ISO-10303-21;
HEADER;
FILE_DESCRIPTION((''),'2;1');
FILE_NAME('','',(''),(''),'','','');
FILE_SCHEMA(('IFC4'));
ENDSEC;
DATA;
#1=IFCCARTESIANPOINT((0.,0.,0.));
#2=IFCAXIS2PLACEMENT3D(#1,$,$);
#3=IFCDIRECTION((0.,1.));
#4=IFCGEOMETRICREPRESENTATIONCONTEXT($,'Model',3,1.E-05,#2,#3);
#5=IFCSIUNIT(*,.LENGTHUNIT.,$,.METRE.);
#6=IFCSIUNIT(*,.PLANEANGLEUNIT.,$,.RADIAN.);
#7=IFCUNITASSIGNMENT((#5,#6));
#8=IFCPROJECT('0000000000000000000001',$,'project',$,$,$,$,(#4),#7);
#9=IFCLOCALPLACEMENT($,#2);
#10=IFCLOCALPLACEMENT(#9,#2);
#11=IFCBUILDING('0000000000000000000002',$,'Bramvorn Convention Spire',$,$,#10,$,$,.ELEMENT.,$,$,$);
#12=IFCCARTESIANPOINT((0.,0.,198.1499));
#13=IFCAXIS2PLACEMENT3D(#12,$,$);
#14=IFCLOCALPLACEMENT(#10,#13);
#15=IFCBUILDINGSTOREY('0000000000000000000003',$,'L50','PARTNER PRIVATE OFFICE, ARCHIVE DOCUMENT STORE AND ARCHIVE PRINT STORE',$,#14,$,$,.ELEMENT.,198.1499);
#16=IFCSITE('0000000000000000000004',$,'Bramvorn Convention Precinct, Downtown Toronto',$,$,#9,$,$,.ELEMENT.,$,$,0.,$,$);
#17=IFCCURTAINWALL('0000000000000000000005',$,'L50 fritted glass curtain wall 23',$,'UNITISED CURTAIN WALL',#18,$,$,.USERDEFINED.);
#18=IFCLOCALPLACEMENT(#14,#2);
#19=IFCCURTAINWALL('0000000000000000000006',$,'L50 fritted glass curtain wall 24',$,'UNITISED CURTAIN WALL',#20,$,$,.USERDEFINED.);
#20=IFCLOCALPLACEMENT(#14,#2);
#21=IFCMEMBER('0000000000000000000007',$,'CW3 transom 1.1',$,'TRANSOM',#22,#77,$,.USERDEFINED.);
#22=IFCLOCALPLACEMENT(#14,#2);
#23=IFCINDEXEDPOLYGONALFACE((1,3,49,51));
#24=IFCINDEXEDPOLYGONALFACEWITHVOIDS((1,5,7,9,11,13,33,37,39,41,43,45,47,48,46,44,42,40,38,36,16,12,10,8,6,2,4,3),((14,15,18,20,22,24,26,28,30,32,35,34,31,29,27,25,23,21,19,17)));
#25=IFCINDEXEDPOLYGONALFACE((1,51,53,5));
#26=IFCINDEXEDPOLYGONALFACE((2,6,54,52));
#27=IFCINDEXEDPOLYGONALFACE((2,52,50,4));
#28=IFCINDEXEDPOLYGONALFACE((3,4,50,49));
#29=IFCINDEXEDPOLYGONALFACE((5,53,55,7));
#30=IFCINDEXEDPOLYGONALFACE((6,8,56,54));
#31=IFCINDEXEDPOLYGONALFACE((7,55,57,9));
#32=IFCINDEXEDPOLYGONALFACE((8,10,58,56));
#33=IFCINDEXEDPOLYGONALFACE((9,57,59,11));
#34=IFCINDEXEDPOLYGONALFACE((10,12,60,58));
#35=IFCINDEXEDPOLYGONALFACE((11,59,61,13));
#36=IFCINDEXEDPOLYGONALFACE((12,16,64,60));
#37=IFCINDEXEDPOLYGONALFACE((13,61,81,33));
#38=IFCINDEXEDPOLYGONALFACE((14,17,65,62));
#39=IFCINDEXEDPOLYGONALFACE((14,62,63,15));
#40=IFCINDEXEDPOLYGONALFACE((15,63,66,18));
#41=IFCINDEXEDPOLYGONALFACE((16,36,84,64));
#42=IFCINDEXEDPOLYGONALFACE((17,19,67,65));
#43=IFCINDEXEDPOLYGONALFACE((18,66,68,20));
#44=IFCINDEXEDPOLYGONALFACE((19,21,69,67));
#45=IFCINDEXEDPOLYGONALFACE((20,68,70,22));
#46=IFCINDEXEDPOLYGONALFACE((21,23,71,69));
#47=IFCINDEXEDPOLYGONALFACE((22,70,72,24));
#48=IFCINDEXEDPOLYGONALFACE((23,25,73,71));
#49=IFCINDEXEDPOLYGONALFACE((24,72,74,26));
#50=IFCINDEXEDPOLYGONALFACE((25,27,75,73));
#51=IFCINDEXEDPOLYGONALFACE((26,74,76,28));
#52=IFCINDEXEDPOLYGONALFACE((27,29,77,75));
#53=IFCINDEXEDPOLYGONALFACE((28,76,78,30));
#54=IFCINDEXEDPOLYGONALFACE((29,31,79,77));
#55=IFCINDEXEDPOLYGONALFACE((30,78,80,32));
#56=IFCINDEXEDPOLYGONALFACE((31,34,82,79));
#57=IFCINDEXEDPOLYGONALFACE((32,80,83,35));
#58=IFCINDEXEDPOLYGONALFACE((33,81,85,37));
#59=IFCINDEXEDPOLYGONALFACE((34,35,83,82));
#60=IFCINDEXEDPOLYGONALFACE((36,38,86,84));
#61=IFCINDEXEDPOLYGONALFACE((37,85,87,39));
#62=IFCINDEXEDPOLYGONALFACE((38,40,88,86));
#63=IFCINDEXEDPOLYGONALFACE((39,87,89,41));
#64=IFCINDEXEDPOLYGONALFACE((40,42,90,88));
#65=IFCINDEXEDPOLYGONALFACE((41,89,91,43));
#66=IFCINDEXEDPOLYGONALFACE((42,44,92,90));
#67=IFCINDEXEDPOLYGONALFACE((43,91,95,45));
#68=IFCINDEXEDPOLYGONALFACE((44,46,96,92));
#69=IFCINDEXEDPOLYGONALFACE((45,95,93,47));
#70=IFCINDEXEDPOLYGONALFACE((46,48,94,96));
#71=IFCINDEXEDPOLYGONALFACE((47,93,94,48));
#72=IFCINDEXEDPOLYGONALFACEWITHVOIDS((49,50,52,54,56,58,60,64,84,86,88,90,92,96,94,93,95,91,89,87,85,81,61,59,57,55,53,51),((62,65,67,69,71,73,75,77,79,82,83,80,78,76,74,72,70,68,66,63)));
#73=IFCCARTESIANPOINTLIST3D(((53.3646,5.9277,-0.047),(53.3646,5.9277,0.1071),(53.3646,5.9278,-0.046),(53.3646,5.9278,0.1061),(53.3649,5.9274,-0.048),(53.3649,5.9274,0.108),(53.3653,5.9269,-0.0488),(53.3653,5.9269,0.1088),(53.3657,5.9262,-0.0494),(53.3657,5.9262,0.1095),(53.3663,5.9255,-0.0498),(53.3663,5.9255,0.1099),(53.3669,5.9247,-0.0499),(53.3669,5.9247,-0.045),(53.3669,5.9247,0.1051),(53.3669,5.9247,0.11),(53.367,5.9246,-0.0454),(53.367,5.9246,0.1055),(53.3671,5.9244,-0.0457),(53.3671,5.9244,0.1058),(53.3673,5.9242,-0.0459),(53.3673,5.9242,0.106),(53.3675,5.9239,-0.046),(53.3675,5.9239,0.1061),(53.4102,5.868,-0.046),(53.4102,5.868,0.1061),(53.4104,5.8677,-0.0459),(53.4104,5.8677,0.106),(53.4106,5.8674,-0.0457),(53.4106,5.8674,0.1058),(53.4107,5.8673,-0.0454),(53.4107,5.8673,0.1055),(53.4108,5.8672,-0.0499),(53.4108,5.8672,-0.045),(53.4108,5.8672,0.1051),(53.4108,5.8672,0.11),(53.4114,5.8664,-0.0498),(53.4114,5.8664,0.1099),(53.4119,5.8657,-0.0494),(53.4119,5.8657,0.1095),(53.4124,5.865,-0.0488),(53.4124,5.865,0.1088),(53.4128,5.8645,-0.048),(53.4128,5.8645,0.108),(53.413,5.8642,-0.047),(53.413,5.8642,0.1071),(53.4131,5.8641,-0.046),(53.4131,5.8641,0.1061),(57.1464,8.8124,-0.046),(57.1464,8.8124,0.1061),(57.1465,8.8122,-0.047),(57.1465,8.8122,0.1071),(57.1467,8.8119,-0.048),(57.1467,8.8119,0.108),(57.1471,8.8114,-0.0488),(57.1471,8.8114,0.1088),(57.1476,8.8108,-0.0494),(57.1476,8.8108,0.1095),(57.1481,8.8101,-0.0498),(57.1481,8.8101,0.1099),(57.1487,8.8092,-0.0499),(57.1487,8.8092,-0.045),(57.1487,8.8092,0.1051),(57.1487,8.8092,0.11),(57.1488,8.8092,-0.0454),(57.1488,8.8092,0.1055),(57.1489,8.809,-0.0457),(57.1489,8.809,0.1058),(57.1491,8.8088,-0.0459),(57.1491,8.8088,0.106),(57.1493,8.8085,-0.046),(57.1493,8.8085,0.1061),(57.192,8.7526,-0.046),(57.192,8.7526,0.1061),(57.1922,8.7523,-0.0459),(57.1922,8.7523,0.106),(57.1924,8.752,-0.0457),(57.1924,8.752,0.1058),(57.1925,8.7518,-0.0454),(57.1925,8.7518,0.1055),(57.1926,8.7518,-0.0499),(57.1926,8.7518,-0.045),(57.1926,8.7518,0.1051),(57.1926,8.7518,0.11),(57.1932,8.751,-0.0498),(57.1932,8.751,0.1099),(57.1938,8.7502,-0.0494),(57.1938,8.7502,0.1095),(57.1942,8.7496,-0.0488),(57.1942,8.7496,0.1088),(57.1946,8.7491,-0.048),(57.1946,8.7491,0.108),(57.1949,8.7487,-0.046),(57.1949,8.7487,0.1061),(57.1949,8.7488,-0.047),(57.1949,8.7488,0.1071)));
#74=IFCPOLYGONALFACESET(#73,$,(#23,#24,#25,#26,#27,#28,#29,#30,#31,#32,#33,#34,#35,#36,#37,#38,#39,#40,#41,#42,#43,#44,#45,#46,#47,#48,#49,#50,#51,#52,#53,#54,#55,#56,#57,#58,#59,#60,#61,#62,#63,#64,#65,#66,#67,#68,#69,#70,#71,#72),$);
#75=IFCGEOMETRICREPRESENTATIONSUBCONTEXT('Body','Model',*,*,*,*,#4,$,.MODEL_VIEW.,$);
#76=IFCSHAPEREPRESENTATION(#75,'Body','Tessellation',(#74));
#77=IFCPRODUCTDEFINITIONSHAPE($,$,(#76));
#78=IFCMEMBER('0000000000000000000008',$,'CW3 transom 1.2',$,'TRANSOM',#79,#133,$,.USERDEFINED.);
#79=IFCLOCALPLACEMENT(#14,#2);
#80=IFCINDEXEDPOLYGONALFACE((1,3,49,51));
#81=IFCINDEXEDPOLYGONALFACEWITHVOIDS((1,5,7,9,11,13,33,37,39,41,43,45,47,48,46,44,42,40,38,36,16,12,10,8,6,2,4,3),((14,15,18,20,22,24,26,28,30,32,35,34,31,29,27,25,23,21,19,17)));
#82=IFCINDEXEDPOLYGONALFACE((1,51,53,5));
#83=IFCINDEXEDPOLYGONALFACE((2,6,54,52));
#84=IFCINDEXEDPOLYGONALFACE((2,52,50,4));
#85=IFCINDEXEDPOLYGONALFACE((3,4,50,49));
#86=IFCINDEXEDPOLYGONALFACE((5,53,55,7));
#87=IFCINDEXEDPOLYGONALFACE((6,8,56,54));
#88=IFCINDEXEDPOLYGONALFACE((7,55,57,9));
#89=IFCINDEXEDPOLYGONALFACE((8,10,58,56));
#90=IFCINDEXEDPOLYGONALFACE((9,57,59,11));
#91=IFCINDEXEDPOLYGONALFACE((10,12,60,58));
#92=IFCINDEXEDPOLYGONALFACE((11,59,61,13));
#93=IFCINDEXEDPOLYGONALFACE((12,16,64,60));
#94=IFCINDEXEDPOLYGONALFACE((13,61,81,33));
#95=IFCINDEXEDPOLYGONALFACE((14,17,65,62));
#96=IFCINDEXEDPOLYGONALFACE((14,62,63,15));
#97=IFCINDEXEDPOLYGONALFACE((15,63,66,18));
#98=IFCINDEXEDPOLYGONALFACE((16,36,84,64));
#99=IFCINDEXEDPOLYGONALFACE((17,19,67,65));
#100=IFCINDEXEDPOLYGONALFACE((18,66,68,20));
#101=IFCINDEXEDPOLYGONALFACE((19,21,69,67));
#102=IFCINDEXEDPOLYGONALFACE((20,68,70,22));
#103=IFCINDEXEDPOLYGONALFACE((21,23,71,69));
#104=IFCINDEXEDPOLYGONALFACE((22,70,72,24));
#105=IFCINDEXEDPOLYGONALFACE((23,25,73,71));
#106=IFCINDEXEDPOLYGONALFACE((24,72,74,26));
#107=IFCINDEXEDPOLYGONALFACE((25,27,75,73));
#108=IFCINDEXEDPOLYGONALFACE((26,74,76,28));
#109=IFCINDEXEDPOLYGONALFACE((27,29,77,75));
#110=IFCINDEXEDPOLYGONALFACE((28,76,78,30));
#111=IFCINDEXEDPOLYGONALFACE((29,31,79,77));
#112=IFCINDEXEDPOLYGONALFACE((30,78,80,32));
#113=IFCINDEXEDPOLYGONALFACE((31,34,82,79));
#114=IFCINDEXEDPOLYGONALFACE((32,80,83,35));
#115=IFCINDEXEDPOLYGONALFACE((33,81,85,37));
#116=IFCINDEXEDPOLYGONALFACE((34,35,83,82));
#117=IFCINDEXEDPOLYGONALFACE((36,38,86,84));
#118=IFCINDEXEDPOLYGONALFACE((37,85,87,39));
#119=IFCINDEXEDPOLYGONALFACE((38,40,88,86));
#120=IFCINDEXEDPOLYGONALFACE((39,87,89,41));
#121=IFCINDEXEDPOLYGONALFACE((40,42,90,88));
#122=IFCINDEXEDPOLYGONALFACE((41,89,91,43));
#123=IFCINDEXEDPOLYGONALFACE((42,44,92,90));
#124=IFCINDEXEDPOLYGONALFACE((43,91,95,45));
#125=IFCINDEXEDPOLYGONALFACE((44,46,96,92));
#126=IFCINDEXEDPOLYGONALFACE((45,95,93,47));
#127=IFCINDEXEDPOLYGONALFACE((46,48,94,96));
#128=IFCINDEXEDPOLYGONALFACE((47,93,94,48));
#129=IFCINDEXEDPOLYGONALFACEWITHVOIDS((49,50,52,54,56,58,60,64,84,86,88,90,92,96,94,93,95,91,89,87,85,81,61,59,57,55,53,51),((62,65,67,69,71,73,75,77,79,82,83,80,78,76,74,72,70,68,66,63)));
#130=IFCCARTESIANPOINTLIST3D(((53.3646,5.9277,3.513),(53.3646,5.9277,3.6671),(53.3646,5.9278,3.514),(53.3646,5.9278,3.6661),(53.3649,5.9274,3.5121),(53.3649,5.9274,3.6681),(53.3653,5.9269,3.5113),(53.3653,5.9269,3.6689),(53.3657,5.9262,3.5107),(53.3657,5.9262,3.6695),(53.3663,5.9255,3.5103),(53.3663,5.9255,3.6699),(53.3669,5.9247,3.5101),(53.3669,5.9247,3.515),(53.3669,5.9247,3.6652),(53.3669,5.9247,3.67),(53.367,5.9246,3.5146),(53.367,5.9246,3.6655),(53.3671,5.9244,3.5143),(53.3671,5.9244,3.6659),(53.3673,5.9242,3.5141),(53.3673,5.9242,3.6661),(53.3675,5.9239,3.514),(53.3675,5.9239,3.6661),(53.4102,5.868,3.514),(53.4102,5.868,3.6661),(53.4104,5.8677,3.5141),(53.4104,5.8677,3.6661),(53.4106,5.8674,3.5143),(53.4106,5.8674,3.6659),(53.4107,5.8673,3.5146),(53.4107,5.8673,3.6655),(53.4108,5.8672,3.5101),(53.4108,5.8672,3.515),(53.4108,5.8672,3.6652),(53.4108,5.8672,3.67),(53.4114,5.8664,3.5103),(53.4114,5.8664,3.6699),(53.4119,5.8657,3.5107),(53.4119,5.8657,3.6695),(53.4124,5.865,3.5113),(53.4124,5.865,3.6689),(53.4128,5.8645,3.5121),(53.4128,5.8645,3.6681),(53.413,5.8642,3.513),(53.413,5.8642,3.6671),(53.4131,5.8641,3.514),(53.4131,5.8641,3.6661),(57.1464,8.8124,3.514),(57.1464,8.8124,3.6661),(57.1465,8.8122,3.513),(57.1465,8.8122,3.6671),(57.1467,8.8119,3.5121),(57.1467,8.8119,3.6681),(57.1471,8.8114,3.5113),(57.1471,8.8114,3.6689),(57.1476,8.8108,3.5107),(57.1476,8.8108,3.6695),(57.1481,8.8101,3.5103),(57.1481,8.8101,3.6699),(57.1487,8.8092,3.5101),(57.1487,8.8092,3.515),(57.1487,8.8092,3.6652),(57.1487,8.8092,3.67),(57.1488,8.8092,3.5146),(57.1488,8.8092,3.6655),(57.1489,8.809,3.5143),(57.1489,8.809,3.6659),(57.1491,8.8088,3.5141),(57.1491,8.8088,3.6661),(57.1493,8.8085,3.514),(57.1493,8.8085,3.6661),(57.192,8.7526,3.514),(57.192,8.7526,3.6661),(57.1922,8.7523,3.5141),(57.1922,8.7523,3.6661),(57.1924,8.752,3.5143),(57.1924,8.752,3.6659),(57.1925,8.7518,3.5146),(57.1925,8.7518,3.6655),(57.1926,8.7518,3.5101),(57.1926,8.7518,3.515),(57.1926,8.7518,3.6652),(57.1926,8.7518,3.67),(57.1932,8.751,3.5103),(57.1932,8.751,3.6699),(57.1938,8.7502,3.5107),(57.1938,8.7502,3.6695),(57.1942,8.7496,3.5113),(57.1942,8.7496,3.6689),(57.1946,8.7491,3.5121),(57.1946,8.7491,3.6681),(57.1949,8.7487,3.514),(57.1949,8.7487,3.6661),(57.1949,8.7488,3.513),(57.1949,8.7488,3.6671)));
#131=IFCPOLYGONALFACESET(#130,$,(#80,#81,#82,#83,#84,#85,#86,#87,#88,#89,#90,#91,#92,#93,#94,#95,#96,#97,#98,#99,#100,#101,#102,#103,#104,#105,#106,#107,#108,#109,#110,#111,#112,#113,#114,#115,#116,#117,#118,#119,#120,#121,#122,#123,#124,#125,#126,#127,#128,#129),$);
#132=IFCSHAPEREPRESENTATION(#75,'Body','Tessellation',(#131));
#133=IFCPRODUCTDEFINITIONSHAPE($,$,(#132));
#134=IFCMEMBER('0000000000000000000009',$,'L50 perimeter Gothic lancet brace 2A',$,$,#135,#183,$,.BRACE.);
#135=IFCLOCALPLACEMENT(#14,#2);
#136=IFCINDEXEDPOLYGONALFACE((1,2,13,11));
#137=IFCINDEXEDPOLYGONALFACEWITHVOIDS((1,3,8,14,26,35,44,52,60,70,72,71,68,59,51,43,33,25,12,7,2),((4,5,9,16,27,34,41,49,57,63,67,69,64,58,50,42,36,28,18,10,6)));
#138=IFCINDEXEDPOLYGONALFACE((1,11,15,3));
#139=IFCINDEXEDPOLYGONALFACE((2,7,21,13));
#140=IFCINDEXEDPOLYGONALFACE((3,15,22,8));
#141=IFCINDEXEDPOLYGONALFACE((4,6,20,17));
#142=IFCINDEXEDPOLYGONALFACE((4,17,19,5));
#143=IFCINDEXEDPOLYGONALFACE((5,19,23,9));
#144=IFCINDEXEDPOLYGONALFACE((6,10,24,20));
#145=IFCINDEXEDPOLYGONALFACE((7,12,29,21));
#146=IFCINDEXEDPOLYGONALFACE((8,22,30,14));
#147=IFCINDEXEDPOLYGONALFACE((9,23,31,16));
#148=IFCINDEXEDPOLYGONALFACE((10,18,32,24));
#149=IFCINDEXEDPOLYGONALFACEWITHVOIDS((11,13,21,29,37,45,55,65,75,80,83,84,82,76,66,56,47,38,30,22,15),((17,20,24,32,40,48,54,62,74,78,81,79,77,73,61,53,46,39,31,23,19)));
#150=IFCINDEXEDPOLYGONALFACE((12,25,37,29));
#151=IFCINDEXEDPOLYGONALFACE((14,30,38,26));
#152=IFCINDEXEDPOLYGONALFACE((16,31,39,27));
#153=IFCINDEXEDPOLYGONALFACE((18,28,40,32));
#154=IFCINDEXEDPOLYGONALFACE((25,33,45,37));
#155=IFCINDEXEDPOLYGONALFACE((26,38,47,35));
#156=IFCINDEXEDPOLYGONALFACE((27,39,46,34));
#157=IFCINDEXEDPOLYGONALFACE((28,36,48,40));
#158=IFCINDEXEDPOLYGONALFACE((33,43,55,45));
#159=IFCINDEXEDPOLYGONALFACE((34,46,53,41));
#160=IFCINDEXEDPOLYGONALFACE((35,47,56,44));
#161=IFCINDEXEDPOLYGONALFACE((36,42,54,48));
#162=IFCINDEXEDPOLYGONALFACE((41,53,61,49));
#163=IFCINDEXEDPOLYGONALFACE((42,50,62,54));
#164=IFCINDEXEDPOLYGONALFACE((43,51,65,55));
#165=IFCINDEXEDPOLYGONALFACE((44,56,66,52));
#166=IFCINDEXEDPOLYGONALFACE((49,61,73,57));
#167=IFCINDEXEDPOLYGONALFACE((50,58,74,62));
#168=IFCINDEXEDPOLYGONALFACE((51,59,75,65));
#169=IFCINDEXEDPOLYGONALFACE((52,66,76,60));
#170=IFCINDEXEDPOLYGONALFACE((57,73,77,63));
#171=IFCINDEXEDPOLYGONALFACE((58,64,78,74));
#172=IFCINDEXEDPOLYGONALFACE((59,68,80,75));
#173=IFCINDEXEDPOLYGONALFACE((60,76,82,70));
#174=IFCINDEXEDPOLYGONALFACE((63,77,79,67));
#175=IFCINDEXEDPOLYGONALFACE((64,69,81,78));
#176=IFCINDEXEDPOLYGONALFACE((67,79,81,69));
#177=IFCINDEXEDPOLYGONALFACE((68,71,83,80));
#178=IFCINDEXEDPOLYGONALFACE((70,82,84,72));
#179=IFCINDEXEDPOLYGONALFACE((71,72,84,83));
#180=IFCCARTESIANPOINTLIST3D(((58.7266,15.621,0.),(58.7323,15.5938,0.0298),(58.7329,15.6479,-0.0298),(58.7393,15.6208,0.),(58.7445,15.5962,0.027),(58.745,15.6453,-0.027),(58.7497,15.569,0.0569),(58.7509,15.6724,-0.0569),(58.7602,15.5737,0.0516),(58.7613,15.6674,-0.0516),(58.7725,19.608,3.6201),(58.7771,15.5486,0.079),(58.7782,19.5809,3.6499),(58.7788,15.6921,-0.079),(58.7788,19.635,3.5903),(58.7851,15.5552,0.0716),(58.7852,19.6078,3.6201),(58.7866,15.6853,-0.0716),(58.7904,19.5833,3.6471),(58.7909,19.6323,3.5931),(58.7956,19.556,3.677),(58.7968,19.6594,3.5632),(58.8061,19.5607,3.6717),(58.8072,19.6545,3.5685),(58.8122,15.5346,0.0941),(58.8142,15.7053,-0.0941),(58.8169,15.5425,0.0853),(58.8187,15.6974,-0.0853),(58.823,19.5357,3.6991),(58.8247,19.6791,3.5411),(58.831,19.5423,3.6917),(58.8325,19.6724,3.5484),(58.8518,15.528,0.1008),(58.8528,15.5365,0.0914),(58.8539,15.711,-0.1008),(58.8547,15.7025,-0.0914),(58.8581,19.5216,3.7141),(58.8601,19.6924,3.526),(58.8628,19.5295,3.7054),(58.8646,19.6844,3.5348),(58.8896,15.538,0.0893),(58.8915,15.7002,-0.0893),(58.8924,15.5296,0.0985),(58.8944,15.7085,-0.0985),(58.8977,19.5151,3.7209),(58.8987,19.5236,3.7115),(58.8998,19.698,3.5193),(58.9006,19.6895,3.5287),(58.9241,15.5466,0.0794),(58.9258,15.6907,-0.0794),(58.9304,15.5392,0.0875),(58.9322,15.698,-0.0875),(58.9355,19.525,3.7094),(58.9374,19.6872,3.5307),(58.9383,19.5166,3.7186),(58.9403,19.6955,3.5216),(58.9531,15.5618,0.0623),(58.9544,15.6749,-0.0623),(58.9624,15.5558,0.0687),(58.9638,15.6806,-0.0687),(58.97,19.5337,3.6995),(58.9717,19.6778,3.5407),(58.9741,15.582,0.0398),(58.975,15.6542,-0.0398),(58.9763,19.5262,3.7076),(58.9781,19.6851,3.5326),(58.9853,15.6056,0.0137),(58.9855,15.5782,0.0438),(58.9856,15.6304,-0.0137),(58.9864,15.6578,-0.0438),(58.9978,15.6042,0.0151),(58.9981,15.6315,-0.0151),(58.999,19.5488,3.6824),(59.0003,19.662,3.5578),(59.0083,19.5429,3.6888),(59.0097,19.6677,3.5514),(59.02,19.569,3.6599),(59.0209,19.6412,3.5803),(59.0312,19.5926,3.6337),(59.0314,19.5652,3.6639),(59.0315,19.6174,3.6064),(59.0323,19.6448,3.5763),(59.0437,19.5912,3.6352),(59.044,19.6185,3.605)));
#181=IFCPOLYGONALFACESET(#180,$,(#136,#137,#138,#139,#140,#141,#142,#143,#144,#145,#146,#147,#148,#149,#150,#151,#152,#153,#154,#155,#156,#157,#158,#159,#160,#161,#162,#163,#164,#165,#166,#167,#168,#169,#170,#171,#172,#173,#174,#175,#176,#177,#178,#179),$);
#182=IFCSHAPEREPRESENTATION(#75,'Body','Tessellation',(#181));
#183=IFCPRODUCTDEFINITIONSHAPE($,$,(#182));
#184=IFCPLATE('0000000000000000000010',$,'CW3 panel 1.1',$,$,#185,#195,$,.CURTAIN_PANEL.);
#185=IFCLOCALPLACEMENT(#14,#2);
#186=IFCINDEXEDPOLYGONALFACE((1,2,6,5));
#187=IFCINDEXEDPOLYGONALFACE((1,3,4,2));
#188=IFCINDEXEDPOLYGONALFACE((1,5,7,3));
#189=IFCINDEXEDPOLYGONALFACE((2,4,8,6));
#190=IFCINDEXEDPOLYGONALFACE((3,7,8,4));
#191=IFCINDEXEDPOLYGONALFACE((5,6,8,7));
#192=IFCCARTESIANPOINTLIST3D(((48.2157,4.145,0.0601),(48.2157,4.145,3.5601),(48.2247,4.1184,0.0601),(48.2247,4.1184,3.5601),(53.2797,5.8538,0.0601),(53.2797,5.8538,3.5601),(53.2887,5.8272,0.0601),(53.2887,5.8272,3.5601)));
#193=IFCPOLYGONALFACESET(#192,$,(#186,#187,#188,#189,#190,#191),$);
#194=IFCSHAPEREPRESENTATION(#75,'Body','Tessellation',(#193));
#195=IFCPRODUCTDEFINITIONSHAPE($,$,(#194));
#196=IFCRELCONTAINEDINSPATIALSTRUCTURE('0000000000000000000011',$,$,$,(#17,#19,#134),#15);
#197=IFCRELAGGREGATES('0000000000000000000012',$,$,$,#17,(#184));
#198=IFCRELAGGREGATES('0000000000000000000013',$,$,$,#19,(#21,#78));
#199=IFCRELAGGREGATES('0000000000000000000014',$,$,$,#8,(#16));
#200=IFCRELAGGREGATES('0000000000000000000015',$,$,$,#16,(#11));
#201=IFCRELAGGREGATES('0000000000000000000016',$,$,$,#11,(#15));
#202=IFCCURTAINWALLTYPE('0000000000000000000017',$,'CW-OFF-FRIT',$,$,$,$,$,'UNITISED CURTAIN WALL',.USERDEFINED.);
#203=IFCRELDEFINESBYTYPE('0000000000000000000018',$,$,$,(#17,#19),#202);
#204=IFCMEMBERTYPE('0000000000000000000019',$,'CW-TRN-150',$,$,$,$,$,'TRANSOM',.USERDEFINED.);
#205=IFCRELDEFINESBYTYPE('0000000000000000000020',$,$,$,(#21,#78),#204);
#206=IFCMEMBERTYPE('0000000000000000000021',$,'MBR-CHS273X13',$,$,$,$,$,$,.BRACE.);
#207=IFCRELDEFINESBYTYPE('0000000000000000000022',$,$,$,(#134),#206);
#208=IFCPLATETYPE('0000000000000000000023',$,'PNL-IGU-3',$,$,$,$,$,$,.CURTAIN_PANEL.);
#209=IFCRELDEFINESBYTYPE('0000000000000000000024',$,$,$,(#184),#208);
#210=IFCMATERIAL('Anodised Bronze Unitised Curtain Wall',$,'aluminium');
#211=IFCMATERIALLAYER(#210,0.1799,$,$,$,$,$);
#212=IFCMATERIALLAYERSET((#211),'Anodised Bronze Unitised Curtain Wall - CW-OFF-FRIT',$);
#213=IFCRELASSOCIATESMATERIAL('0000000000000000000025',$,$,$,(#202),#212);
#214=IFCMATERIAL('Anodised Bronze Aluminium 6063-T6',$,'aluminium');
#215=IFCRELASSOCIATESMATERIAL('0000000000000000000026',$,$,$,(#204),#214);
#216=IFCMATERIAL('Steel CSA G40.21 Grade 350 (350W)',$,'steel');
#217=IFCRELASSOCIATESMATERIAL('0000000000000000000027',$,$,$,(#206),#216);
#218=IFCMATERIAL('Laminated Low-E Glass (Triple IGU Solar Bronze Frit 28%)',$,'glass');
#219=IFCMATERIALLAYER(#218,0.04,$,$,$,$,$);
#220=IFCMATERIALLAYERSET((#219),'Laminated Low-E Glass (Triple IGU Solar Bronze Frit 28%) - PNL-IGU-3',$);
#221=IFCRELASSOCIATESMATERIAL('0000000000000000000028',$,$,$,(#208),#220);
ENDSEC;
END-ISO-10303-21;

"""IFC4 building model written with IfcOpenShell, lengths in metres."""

from ifc_helpers import new_model, si_unit, direction, frame, origin, origin_2d, place, context, subcontext, project, spatial, rectangle, hollow_rectangle, hollow_circle, extrude, material, layer, layer_set, material_profile, profile_set, type_object, element, aggregate, save


model = new_model("IFC4")

# Units and contexts
model_context = context("Model", 3, precision=1e-05, world=origin(), true_north=direction((0.0, 1.0)))
body_context = subcontext(model_context, "Body", "Model", "MODEL_VIEW")
ifc_project = project(units=[si_unit("LENGTHUNIT", "METRE"), si_unit("PLANEANGLEUNIT", "RADIAN")], contexts=[model_context])

# Site, building, storey
site_placement = place(None, origin())
site = spatial("IfcSite", under=ifc_project, at=site_placement, Name="Bramvorn Convention Precinct, Downtown Toronto", CompositionType="ELEMENT", RefElevation=0.0)
building_placement = place(site_placement, origin())
building = spatial("IfcBuilding", under=site, at=building_placement, Name="Bramvorn Convention Spire", CompositionType="ELEMENT")
storey_placement = place(building_placement, frame((0.0, 0.0, 198.1499)))
storey = spatial("IfcBuildingStorey", under=building, at=storey_placement, Name="L50", Description="PARTNER PRIVATE OFFICE, ARCHIVE DOCUMENT STORE AND ARCHIVE PRINT STORE", CompositionType="ELEMENT", Elevation=198.1499)

# Shared definitions
ifc_material_1 = material(Name="Steel CSA G40.21 Grade 350 (350W)", Category="steel")

# Curtain walls
ifc_material_2 = material(Name="Anodised Bronze Unitised Curtain Wall", Category="aluminium")
ifc_layer_1 = layer(ifc_material_2, 0.1799)
ifc_layer_set_1 = layer_set([ifc_layer_1], Name="Anodised Bronze Unitised Curtain Wall - CW-OFF-FRIT")
curtain_wall_type = type_object("IfcCurtainWallType", Name="CW-OFF-FRIT", ElementType="UNITISED CURTAIN WALL", PredefinedType="USERDEFINED", material=ifc_layer_set_1)
curtain_wall_1_placement = place(storey_placement, origin())
curtain_wall_1 = element("IfcCurtainWall", 1, at=curtain_wall_1_placement, inside=storey, type_object=curtain_wall_type, Name="L50 fritted glass curtain wall 23", ObjectType="UNITISED CURTAIN WALL", PredefinedType="USERDEFINED")
ifc_material_3 = material(Name="Anodised Bronze Aluminium 6063-T6", Category="aluminium")
curtain_wall_2_placement = place(storey_placement, origin())
curtain_wall_2 = element("IfcCurtainWall", 2, at=curtain_wall_2_placement, inside=storey, type_object=curtain_wall_type, Name="L50 fritted glass curtain wall 24", ObjectType="UNITISED CURTAIN WALL", PredefinedType="USERDEFINED")

# Members
ifc_material_profile_1 = material_profile(ifc_material_3, hollow_rectangle(XDim=0.0801, YDim=0.1599, WallThickness=0.0039, InnerFilletRadius=0.001, OuterFilletRadius=0.0039, at=origin_2d()))
ifc_profile_set_1 = profile_set([ifc_material_profile_1], Name="Anodised Bronze Aluminium 6063-T6 - CWT80X160")
member_type_1 = type_object("IfcMemberType", Name="CW-TRN-150", ElementType="TRANSOM", PredefinedType="USERDEFINED", material=ifc_profile_set_1)
member_1_placement = place(storey_placement, frame((57.1707, 8.7805, 0.03), z_axis=(-0.795108, -0.606468, 0.0), x_axis=(0.606468, -0.795108, 0.0)))
member_1 = element("IfcMember", 3, at=member_1_placement, type_object=member_type_1, Name="CW3 transom 1.1", ObjectType="TRANSOM", PredefinedType="USERDEFINED", context=body_context, shape_type="SweptSolid", body=[
    extrude(hollow_rectangle(XDim=0.0801, YDim=0.1599, WallThickness=0.0039, InnerFilletRadius=0.001, OuterFilletRadius=0.0039, at=origin_2d()), origin(), (0.0, 0.0, 1.0), 4.7563),
])
member_2_placement = place(storey_placement, frame((57.1707, 8.7805, 3.5901), z_axis=(-0.795108, -0.606468, 0.0), x_axis=(0.606468, -0.795108, 0.0)))
member_2 = element("IfcMember", 4, at=member_2_placement, type_object=member_type_1, Name="CW3 transom 1.2", ObjectType="TRANSOM", PredefinedType="USERDEFINED", context=body_context, shape_type="SweptSolid", body=[
    extrude(hollow_rectangle(XDim=0.0801, YDim=0.1599, WallThickness=0.0039, InnerFilletRadius=0.001, OuterFilletRadius=0.0039, at=origin_2d()), origin(), (0.0, 0.0, 1.0), 4.7563),
])
ifc_material_profile_2 = material_profile(ifc_material_1, hollow_circle(Radius=0.1365, WallThickness=0.0127, at=origin_2d()))
ifc_profile_set_2 = profile_set([ifc_material_profile_2], Name="Steel CSA G40.21 Grade 350 (350W) - CHS273X13")
member_type_2 = type_object("IfcMemberType", Name="MBR-CHS273X13", PredefinedType="BRACE", material=ifc_profile_set_2)
member_3_placement = place(storey_placement, frame((58.863, 15.6194, 0.0), z_axis=(0.008523, 0.740327, 0.672192), x_axis=(-0.999934, 0.011511, 0.0)))
element("IfcMember", 5, at=member_3_placement, inside=storey, type_object=member_type_2, Name="L50 perimeter Gothic lancet brace 2A", PredefinedType="BRACE", context=body_context, shape_type="SweptSolid", body=[
    extrude(hollow_circle(Radius=0.1365, WallThickness=0.0127, at=origin_2d()), origin(), (0.0, 0.0, 1.0), 5.3855),
])

# Plate
ifc_material_4 = material(Name="Laminated Low-E Glass (Triple IGU Solar Bronze Frit 28%)", Category="glass")
ifc_layer_2 = layer(ifc_material_4, 0.04)
ifc_layer_set_2 = layer_set([ifc_layer_2], Name="Laminated Low-E Glass (Triple IGU Solar Bronze Frit 28%) - PNL-IGU-3")
plate_type = type_object("IfcPlateType", Name="PNL-IGU-3", PredefinedType="CURTAIN_PANEL", material=ifc_layer_set_2)
plate_1_placement = place(storey_placement, frame((50.7522, 4.9861, 0.0601), z_axis=(0.0, 0.0, 1.0), x_axis=(-0.947507, -0.319734, 0.0)))
plate_1 = element("IfcPlate", 6, at=plate_1_placement, type_object=plate_type, Name="CW3 panel 1.1", PredefinedType="CURTAIN_PANEL", context=body_context, shape_type="SweptSolid", body=[
    extrude(rectangle(XDim=5.3445, YDim=0.0281, at=origin_2d()), origin(), (0.0, 0.0, 1.0), 3.5),
])
aggregate(curtain_wall_1, [plate_1])
aggregate(curtain_wall_2, [member_1, member_2])

save(model, "model.ifc")
